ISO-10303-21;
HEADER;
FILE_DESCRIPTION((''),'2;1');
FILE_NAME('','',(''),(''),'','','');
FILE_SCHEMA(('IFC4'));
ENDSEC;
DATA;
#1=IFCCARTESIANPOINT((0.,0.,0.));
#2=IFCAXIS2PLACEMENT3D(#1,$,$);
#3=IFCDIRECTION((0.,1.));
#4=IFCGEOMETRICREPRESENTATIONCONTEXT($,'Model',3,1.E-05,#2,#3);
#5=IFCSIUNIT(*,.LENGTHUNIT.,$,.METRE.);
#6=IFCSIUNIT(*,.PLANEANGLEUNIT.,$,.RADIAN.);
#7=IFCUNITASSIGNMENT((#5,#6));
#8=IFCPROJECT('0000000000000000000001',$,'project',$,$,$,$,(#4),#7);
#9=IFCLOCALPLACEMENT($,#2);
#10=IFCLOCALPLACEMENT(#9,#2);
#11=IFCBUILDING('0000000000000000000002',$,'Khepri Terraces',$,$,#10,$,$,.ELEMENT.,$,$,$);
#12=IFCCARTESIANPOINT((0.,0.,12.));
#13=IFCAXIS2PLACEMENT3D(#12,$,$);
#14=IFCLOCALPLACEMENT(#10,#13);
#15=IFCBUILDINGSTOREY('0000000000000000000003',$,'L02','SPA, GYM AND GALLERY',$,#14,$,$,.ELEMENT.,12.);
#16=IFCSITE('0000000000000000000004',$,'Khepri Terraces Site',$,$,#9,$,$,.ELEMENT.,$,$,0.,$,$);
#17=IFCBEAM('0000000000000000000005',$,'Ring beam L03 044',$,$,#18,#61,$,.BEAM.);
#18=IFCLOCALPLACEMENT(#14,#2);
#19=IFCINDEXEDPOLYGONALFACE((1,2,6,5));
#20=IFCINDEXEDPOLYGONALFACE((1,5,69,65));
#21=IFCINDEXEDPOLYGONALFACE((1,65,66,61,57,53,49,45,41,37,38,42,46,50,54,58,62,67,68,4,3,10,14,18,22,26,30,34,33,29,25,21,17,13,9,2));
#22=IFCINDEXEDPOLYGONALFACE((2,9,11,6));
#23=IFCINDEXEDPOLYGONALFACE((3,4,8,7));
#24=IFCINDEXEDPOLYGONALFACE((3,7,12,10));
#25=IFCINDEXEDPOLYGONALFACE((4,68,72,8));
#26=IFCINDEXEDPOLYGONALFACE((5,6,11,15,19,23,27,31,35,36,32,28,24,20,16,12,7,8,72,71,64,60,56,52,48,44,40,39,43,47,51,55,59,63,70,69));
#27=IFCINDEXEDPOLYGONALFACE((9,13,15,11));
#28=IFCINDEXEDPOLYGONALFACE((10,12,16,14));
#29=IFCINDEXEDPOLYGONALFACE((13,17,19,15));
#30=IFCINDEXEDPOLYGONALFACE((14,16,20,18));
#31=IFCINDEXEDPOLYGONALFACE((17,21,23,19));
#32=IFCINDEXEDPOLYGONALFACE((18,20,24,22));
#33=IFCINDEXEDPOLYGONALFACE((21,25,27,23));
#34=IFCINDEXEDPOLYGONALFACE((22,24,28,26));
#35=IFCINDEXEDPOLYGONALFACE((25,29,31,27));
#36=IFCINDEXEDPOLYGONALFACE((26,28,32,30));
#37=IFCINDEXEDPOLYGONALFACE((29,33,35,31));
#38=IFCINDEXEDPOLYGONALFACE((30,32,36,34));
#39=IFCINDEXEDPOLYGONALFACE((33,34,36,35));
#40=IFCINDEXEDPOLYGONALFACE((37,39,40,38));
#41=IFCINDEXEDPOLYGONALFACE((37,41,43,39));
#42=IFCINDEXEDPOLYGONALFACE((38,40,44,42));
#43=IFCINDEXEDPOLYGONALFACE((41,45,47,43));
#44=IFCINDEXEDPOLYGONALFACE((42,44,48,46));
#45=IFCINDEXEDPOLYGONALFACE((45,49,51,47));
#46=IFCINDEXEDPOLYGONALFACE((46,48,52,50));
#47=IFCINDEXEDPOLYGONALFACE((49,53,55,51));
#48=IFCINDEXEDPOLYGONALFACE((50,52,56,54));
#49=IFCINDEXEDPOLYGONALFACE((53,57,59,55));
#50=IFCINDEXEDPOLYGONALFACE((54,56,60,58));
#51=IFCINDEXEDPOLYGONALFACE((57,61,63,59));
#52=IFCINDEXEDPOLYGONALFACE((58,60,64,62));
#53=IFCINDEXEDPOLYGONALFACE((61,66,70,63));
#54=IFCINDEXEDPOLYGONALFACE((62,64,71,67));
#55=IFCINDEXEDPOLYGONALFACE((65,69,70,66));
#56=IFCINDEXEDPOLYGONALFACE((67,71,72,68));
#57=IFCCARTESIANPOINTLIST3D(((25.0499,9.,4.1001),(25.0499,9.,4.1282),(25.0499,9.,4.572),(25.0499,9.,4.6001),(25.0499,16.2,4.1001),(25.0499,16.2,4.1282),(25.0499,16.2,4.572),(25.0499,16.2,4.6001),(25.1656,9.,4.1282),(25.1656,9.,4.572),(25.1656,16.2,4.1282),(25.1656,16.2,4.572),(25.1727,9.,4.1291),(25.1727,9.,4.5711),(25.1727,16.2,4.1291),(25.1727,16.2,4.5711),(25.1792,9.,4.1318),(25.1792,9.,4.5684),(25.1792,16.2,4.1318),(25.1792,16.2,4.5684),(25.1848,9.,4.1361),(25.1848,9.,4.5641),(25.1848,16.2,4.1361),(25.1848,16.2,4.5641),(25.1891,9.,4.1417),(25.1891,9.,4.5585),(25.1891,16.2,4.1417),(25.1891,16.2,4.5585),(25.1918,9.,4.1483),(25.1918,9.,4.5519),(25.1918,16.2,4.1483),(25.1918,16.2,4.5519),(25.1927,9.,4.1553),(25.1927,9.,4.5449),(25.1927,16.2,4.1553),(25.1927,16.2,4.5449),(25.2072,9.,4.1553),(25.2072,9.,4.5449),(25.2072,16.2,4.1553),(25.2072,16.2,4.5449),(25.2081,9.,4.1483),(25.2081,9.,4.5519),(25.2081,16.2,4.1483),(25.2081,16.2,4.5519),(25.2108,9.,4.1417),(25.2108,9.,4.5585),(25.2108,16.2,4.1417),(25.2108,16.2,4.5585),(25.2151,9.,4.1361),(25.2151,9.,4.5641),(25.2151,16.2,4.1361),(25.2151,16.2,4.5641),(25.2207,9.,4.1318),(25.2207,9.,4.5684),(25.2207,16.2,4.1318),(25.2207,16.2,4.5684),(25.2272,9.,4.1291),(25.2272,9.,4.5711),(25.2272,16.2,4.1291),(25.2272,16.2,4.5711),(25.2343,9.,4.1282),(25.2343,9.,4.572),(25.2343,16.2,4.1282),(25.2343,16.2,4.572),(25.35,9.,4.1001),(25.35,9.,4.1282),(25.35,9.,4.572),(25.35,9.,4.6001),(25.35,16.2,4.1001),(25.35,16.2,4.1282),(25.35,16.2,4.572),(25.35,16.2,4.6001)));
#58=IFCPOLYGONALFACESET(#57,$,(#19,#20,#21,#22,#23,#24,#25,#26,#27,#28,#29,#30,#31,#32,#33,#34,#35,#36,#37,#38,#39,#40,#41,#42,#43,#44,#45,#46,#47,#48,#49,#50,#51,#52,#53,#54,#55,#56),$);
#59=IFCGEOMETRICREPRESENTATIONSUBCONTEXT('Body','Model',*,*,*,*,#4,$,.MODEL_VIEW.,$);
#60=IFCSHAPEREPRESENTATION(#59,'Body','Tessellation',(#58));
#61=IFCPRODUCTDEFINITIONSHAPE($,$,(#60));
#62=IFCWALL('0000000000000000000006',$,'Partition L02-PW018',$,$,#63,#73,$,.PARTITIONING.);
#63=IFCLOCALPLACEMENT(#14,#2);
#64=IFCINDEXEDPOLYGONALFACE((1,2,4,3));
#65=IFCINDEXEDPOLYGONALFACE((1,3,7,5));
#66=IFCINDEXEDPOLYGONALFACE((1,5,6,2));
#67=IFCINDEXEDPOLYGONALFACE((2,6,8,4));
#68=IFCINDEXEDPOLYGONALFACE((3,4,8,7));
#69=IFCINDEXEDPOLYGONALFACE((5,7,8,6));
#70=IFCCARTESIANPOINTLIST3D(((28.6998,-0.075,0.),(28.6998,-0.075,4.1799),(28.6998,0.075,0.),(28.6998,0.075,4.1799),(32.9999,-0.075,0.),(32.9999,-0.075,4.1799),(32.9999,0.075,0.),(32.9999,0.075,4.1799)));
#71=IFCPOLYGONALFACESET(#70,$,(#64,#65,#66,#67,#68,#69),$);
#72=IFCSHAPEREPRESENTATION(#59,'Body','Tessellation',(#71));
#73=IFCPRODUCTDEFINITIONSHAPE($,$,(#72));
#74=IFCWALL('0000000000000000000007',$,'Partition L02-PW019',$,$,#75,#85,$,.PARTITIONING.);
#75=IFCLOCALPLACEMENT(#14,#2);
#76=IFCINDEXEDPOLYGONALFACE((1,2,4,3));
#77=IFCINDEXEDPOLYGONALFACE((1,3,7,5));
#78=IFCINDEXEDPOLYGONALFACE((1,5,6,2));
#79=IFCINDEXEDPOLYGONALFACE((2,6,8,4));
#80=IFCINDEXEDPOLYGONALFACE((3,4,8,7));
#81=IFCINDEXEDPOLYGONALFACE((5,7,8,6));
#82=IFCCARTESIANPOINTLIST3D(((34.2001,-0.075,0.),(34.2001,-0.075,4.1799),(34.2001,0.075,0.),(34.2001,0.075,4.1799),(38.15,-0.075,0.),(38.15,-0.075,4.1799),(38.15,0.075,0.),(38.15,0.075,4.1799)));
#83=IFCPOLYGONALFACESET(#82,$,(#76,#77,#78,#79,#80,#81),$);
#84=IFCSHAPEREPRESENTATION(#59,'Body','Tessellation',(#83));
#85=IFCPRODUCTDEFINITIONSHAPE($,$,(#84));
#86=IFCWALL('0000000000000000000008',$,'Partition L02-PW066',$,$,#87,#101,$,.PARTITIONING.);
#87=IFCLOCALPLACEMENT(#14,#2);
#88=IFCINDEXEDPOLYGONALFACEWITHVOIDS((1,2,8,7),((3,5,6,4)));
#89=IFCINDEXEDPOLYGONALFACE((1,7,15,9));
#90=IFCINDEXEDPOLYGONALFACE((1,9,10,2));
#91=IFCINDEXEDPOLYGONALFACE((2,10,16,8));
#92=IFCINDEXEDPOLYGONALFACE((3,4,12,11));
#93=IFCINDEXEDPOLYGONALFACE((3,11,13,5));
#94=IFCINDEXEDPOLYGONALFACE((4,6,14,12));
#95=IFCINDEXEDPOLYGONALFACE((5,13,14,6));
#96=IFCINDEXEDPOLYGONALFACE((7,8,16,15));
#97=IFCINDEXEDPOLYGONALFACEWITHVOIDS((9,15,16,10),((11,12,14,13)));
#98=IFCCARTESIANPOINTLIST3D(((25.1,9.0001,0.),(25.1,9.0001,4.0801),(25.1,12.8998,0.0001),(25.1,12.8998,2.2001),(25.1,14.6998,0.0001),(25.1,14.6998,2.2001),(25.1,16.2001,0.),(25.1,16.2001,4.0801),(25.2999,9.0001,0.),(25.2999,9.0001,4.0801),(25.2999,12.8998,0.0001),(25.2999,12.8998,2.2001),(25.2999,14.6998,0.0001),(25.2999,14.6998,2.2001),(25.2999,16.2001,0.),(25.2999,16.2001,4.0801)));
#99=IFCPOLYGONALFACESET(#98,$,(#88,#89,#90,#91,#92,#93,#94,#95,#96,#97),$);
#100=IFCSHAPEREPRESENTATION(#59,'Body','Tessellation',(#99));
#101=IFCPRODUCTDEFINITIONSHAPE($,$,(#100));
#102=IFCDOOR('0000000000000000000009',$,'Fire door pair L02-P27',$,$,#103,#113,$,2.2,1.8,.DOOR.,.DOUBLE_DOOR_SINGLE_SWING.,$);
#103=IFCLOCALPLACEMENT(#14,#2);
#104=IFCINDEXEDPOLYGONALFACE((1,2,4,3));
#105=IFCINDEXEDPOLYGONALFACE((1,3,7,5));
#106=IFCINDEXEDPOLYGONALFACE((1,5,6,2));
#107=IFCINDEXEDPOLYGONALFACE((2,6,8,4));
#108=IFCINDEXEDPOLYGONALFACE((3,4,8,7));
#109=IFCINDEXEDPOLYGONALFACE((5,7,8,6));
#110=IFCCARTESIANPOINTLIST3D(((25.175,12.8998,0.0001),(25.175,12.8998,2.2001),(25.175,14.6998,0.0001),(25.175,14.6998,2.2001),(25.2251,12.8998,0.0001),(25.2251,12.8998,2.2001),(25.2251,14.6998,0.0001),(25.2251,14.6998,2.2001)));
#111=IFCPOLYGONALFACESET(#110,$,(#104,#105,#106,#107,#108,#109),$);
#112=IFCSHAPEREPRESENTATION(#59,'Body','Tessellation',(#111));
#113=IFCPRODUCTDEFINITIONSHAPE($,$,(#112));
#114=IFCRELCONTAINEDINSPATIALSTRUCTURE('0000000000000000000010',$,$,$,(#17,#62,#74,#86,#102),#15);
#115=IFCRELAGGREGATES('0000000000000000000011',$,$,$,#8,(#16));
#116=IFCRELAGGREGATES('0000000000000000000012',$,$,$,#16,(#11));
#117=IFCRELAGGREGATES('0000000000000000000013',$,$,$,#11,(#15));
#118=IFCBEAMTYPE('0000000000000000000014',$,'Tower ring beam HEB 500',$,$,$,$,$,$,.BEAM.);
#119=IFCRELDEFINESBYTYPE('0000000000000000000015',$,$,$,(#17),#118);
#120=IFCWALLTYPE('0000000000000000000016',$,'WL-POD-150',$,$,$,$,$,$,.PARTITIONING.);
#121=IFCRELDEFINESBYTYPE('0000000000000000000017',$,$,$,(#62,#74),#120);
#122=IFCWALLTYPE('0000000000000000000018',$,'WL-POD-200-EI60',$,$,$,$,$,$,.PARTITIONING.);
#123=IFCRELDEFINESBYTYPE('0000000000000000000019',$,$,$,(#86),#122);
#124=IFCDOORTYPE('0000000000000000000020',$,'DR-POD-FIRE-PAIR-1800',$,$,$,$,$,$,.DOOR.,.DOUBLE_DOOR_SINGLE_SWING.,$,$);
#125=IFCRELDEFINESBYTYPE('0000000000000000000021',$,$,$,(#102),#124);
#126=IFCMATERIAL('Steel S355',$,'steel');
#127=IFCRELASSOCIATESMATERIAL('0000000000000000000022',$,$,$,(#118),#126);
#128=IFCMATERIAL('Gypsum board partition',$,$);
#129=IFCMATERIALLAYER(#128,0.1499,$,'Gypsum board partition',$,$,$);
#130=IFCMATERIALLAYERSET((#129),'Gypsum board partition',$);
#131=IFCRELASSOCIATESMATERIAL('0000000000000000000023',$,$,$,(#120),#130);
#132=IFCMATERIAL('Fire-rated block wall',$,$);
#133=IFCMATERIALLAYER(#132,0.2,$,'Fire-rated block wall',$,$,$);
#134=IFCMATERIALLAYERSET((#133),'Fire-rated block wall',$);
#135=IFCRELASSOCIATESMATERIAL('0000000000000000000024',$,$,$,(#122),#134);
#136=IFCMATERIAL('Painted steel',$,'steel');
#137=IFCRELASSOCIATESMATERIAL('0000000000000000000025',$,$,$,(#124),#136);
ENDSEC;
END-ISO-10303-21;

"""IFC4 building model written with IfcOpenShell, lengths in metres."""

from ifc_helpers import new_model, si_unit, direction, frame, frame_2d, origin, origin_2d, place, context, subcontext, project, spatial, rectangle, i_section, extrude, material, layer, layer_set, material_profile, profile_set, type_object, element, fill, save


model = new_model("IFC4")

# Units and contexts
model_context = context("Model", 3, precision=1e-05, world=origin(), true_north=direction((0.0, 1.0)))
body_context = subcontext(model_context, "Body", "Model", "MODEL_VIEW")
ifc_project = project(units=[si_unit("LENGTHUNIT", "METRE"), si_unit("PLANEANGLEUNIT", "RADIAN")], contexts=[model_context])

# Site, building, storey
site_placement = place(None, origin())
site = spatial("IfcSite", under=ifc_project, at=site_placement, Name="Khepri Terraces Site", CompositionType="ELEMENT", RefElevation=0.0)
building_placement = place(site_placement, origin())
building = spatial("IfcBuilding", under=site, at=building_placement, Name="Khepri Terraces", CompositionType="ELEMENT")
storey_placement = place(building_placement, frame((0.0, 0.0, 12.0)))
storey = spatial("IfcBuildingStorey", under=building, at=storey_placement, Name="L02", Description="SPA, GYM AND GALLERY", CompositionType="ELEMENT", Elevation=12.0)

# Beam
ifc_material_1 = material(Name="Steel S355", Category="steel")
ifc_material_profile_1 = material_profile(ifc_material_1, i_section(OverallWidth=0.3, OverallDepth=0.5, WebThickness=0.0144, FlangeThickness=0.0281, FilletRadius=0.0271, at=origin_2d()), Name="Steel S355", Category="steel")
ifc_profile_set_1 = profile_set([ifc_material_profile_1], Name="Steel S355")
beam_type_1 = type_object("IfcBeamType", Name="Tower ring beam HEB 500", PredefinedType="BEAM", material=ifc_profile_set_1)
beam_1_placement = place(storey_placement, frame((25.2, 9.0, 4.3501), z_axis=(0.0, 1.0, 0.0), x_axis=(-1.0, 0.0, 0.0)))
element("IfcBeam", 1, at=beam_1_placement, inside=storey, type_object=beam_type_1, Name="Ring beam L03 044", PredefinedType="BEAM", context=body_context, shape_type="SweptSolid", body=[
    extrude(i_section(OverallWidth=0.3, OverallDepth=0.5, WebThickness=0.0144, FlangeThickness=0.0281, FilletRadius=0.0271, at=origin_2d()), origin(), (0.0, 0.0, 1.0), 7.2),
])

# Walls
ifc_material_2 = material(Name="Gypsum board partition")
ifc_layer_1 = layer(ifc_material_2, 0.1499, Name="Gypsum board partition")
ifc_layer_set_1 = layer_set([ifc_layer_1], Name="Gypsum board partition")
wall_type_1 = type_object("IfcWallType", Name="WL-POD-150", PredefinedType="PARTITIONING", material=ifc_layer_set_1)
wall_1_placement = place(storey_placement, frame((28.7, 0.0, 0.0), z_axis=(0.0, 0.0, 1.0), x_axis=(1.0, 0.0, 0.0)))
element("IfcWall", 2, at=wall_1_placement, inside=storey, type_object=wall_type_1, Name="Partition L02-PW018", PredefinedType="PARTITIONING", context=body_context, shape_type="SweptSolid", body=[
    extrude(rectangle(XDim=4.3, YDim=0.1499, at=frame_2d((2.1499, 0.0))), origin(), (0.0, 0.0, 1.0), 4.1799),
])
wall_2_placement = place(storey_placement, frame((34.2, 0.0, 0.0), z_axis=(0.0, 0.0, 1.0), x_axis=(1.0, 0.0, 0.0)))
element("IfcWall", 3, at=wall_2_placement, inside=storey, type_object=wall_type_1, Name="Partition L02-PW019", PredefinedType="PARTITIONING", context=body_context, shape_type="SweptSolid", body=[
    extrude(rectangle(XDim=3.95, YDim=0.1499, at=frame_2d((1.9751, 0.0))), origin(), (0.0, 0.0, 1.0), 4.1799),
])

# Wall, opening, door
ifc_material_3 = material(Name="Fire-rated block wall")
ifc_layer_2 = layer(ifc_material_3, 0.2, Name="Fire-rated block wall")
ifc_layer_set_2 = layer_set([ifc_layer_2], Name="Fire-rated block wall")
wall_type_2 = type_object("IfcWallType", Name="WL-POD-200-EI60", PredefinedType="PARTITIONING", material=ifc_layer_set_2)
wall_3_placement = place(storey_placement, frame((25.2, 9.0, 0.0), z_axis=(0.0, 0.0, 1.0), x_axis=(0.0, 1.0, 0.0)))
wall_3 = element("IfcWall", 4, at=wall_3_placement, inside=storey, type_object=wall_type_2, Name="Partition L02-PW066", PredefinedType="PARTITIONING", context=body_context, shape_type="SweptSolid", body=[
    extrude(rectangle(XDim=7.2, YDim=0.2, at=frame_2d((3.6001, 0.0))), origin(), (0.0, 0.0, 1.0), 4.0801),
])
opening_1_placement = place(wall_3_placement, frame((3.8999, 0.0, 0.0)))
opening_1 = element("IfcOpeningElement", 5, at=opening_1_placement, cuts=wall_3, PredefinedType="OPENING", context=body_context, shape_type="SweptSolid", body=[
    extrude(rectangle(XDim=1.8, YDim=2.2, at=frame_2d((0.8999, 1.1001))), frame((0.0, 0.1099, 0.0), z_axis=(0.0, -1.0, 0.0), x_axis=(1.0, 0.0, 0.0)), (0.0, 0.0, 1.0), 0.22),
])
ifc_material_4 = material(Name="Painted steel", Category="steel")
door_type_1 = type_object("IfcDoorType", Name="DR-POD-FIRE-PAIR-1800", OperationType="DOUBLE_DOOR_SINGLE_SWING", PredefinedType="DOOR", material=ifc_material_4)
door_1_placement = place(opening_1_placement, origin())
door_1 = element("IfcDoor", 6, at=door_1_placement, inside=storey, type_object=door_type_1, Name="Fire door pair L02-P27", OperationType="DOUBLE_DOOR_SINGLE_SWING", OverallHeight=2.2, OverallWidth=1.8, PredefinedType="DOOR", context=body_context, shape_type="SweptSolid", body=[
    extrude(rectangle(XDim=1.8, YDim=2.2, at=frame_2d((0.8999, 1.1001))), frame((0.0, 0.0249, 0.0), z_axis=(0.0, -1.0, 0.0), x_axis=(1.0, 0.0, 0.0)), (0.0, 0.0, 1.0), 0.05),
])
fill(opening_1, door_1)

save(model, "model.ifc")
